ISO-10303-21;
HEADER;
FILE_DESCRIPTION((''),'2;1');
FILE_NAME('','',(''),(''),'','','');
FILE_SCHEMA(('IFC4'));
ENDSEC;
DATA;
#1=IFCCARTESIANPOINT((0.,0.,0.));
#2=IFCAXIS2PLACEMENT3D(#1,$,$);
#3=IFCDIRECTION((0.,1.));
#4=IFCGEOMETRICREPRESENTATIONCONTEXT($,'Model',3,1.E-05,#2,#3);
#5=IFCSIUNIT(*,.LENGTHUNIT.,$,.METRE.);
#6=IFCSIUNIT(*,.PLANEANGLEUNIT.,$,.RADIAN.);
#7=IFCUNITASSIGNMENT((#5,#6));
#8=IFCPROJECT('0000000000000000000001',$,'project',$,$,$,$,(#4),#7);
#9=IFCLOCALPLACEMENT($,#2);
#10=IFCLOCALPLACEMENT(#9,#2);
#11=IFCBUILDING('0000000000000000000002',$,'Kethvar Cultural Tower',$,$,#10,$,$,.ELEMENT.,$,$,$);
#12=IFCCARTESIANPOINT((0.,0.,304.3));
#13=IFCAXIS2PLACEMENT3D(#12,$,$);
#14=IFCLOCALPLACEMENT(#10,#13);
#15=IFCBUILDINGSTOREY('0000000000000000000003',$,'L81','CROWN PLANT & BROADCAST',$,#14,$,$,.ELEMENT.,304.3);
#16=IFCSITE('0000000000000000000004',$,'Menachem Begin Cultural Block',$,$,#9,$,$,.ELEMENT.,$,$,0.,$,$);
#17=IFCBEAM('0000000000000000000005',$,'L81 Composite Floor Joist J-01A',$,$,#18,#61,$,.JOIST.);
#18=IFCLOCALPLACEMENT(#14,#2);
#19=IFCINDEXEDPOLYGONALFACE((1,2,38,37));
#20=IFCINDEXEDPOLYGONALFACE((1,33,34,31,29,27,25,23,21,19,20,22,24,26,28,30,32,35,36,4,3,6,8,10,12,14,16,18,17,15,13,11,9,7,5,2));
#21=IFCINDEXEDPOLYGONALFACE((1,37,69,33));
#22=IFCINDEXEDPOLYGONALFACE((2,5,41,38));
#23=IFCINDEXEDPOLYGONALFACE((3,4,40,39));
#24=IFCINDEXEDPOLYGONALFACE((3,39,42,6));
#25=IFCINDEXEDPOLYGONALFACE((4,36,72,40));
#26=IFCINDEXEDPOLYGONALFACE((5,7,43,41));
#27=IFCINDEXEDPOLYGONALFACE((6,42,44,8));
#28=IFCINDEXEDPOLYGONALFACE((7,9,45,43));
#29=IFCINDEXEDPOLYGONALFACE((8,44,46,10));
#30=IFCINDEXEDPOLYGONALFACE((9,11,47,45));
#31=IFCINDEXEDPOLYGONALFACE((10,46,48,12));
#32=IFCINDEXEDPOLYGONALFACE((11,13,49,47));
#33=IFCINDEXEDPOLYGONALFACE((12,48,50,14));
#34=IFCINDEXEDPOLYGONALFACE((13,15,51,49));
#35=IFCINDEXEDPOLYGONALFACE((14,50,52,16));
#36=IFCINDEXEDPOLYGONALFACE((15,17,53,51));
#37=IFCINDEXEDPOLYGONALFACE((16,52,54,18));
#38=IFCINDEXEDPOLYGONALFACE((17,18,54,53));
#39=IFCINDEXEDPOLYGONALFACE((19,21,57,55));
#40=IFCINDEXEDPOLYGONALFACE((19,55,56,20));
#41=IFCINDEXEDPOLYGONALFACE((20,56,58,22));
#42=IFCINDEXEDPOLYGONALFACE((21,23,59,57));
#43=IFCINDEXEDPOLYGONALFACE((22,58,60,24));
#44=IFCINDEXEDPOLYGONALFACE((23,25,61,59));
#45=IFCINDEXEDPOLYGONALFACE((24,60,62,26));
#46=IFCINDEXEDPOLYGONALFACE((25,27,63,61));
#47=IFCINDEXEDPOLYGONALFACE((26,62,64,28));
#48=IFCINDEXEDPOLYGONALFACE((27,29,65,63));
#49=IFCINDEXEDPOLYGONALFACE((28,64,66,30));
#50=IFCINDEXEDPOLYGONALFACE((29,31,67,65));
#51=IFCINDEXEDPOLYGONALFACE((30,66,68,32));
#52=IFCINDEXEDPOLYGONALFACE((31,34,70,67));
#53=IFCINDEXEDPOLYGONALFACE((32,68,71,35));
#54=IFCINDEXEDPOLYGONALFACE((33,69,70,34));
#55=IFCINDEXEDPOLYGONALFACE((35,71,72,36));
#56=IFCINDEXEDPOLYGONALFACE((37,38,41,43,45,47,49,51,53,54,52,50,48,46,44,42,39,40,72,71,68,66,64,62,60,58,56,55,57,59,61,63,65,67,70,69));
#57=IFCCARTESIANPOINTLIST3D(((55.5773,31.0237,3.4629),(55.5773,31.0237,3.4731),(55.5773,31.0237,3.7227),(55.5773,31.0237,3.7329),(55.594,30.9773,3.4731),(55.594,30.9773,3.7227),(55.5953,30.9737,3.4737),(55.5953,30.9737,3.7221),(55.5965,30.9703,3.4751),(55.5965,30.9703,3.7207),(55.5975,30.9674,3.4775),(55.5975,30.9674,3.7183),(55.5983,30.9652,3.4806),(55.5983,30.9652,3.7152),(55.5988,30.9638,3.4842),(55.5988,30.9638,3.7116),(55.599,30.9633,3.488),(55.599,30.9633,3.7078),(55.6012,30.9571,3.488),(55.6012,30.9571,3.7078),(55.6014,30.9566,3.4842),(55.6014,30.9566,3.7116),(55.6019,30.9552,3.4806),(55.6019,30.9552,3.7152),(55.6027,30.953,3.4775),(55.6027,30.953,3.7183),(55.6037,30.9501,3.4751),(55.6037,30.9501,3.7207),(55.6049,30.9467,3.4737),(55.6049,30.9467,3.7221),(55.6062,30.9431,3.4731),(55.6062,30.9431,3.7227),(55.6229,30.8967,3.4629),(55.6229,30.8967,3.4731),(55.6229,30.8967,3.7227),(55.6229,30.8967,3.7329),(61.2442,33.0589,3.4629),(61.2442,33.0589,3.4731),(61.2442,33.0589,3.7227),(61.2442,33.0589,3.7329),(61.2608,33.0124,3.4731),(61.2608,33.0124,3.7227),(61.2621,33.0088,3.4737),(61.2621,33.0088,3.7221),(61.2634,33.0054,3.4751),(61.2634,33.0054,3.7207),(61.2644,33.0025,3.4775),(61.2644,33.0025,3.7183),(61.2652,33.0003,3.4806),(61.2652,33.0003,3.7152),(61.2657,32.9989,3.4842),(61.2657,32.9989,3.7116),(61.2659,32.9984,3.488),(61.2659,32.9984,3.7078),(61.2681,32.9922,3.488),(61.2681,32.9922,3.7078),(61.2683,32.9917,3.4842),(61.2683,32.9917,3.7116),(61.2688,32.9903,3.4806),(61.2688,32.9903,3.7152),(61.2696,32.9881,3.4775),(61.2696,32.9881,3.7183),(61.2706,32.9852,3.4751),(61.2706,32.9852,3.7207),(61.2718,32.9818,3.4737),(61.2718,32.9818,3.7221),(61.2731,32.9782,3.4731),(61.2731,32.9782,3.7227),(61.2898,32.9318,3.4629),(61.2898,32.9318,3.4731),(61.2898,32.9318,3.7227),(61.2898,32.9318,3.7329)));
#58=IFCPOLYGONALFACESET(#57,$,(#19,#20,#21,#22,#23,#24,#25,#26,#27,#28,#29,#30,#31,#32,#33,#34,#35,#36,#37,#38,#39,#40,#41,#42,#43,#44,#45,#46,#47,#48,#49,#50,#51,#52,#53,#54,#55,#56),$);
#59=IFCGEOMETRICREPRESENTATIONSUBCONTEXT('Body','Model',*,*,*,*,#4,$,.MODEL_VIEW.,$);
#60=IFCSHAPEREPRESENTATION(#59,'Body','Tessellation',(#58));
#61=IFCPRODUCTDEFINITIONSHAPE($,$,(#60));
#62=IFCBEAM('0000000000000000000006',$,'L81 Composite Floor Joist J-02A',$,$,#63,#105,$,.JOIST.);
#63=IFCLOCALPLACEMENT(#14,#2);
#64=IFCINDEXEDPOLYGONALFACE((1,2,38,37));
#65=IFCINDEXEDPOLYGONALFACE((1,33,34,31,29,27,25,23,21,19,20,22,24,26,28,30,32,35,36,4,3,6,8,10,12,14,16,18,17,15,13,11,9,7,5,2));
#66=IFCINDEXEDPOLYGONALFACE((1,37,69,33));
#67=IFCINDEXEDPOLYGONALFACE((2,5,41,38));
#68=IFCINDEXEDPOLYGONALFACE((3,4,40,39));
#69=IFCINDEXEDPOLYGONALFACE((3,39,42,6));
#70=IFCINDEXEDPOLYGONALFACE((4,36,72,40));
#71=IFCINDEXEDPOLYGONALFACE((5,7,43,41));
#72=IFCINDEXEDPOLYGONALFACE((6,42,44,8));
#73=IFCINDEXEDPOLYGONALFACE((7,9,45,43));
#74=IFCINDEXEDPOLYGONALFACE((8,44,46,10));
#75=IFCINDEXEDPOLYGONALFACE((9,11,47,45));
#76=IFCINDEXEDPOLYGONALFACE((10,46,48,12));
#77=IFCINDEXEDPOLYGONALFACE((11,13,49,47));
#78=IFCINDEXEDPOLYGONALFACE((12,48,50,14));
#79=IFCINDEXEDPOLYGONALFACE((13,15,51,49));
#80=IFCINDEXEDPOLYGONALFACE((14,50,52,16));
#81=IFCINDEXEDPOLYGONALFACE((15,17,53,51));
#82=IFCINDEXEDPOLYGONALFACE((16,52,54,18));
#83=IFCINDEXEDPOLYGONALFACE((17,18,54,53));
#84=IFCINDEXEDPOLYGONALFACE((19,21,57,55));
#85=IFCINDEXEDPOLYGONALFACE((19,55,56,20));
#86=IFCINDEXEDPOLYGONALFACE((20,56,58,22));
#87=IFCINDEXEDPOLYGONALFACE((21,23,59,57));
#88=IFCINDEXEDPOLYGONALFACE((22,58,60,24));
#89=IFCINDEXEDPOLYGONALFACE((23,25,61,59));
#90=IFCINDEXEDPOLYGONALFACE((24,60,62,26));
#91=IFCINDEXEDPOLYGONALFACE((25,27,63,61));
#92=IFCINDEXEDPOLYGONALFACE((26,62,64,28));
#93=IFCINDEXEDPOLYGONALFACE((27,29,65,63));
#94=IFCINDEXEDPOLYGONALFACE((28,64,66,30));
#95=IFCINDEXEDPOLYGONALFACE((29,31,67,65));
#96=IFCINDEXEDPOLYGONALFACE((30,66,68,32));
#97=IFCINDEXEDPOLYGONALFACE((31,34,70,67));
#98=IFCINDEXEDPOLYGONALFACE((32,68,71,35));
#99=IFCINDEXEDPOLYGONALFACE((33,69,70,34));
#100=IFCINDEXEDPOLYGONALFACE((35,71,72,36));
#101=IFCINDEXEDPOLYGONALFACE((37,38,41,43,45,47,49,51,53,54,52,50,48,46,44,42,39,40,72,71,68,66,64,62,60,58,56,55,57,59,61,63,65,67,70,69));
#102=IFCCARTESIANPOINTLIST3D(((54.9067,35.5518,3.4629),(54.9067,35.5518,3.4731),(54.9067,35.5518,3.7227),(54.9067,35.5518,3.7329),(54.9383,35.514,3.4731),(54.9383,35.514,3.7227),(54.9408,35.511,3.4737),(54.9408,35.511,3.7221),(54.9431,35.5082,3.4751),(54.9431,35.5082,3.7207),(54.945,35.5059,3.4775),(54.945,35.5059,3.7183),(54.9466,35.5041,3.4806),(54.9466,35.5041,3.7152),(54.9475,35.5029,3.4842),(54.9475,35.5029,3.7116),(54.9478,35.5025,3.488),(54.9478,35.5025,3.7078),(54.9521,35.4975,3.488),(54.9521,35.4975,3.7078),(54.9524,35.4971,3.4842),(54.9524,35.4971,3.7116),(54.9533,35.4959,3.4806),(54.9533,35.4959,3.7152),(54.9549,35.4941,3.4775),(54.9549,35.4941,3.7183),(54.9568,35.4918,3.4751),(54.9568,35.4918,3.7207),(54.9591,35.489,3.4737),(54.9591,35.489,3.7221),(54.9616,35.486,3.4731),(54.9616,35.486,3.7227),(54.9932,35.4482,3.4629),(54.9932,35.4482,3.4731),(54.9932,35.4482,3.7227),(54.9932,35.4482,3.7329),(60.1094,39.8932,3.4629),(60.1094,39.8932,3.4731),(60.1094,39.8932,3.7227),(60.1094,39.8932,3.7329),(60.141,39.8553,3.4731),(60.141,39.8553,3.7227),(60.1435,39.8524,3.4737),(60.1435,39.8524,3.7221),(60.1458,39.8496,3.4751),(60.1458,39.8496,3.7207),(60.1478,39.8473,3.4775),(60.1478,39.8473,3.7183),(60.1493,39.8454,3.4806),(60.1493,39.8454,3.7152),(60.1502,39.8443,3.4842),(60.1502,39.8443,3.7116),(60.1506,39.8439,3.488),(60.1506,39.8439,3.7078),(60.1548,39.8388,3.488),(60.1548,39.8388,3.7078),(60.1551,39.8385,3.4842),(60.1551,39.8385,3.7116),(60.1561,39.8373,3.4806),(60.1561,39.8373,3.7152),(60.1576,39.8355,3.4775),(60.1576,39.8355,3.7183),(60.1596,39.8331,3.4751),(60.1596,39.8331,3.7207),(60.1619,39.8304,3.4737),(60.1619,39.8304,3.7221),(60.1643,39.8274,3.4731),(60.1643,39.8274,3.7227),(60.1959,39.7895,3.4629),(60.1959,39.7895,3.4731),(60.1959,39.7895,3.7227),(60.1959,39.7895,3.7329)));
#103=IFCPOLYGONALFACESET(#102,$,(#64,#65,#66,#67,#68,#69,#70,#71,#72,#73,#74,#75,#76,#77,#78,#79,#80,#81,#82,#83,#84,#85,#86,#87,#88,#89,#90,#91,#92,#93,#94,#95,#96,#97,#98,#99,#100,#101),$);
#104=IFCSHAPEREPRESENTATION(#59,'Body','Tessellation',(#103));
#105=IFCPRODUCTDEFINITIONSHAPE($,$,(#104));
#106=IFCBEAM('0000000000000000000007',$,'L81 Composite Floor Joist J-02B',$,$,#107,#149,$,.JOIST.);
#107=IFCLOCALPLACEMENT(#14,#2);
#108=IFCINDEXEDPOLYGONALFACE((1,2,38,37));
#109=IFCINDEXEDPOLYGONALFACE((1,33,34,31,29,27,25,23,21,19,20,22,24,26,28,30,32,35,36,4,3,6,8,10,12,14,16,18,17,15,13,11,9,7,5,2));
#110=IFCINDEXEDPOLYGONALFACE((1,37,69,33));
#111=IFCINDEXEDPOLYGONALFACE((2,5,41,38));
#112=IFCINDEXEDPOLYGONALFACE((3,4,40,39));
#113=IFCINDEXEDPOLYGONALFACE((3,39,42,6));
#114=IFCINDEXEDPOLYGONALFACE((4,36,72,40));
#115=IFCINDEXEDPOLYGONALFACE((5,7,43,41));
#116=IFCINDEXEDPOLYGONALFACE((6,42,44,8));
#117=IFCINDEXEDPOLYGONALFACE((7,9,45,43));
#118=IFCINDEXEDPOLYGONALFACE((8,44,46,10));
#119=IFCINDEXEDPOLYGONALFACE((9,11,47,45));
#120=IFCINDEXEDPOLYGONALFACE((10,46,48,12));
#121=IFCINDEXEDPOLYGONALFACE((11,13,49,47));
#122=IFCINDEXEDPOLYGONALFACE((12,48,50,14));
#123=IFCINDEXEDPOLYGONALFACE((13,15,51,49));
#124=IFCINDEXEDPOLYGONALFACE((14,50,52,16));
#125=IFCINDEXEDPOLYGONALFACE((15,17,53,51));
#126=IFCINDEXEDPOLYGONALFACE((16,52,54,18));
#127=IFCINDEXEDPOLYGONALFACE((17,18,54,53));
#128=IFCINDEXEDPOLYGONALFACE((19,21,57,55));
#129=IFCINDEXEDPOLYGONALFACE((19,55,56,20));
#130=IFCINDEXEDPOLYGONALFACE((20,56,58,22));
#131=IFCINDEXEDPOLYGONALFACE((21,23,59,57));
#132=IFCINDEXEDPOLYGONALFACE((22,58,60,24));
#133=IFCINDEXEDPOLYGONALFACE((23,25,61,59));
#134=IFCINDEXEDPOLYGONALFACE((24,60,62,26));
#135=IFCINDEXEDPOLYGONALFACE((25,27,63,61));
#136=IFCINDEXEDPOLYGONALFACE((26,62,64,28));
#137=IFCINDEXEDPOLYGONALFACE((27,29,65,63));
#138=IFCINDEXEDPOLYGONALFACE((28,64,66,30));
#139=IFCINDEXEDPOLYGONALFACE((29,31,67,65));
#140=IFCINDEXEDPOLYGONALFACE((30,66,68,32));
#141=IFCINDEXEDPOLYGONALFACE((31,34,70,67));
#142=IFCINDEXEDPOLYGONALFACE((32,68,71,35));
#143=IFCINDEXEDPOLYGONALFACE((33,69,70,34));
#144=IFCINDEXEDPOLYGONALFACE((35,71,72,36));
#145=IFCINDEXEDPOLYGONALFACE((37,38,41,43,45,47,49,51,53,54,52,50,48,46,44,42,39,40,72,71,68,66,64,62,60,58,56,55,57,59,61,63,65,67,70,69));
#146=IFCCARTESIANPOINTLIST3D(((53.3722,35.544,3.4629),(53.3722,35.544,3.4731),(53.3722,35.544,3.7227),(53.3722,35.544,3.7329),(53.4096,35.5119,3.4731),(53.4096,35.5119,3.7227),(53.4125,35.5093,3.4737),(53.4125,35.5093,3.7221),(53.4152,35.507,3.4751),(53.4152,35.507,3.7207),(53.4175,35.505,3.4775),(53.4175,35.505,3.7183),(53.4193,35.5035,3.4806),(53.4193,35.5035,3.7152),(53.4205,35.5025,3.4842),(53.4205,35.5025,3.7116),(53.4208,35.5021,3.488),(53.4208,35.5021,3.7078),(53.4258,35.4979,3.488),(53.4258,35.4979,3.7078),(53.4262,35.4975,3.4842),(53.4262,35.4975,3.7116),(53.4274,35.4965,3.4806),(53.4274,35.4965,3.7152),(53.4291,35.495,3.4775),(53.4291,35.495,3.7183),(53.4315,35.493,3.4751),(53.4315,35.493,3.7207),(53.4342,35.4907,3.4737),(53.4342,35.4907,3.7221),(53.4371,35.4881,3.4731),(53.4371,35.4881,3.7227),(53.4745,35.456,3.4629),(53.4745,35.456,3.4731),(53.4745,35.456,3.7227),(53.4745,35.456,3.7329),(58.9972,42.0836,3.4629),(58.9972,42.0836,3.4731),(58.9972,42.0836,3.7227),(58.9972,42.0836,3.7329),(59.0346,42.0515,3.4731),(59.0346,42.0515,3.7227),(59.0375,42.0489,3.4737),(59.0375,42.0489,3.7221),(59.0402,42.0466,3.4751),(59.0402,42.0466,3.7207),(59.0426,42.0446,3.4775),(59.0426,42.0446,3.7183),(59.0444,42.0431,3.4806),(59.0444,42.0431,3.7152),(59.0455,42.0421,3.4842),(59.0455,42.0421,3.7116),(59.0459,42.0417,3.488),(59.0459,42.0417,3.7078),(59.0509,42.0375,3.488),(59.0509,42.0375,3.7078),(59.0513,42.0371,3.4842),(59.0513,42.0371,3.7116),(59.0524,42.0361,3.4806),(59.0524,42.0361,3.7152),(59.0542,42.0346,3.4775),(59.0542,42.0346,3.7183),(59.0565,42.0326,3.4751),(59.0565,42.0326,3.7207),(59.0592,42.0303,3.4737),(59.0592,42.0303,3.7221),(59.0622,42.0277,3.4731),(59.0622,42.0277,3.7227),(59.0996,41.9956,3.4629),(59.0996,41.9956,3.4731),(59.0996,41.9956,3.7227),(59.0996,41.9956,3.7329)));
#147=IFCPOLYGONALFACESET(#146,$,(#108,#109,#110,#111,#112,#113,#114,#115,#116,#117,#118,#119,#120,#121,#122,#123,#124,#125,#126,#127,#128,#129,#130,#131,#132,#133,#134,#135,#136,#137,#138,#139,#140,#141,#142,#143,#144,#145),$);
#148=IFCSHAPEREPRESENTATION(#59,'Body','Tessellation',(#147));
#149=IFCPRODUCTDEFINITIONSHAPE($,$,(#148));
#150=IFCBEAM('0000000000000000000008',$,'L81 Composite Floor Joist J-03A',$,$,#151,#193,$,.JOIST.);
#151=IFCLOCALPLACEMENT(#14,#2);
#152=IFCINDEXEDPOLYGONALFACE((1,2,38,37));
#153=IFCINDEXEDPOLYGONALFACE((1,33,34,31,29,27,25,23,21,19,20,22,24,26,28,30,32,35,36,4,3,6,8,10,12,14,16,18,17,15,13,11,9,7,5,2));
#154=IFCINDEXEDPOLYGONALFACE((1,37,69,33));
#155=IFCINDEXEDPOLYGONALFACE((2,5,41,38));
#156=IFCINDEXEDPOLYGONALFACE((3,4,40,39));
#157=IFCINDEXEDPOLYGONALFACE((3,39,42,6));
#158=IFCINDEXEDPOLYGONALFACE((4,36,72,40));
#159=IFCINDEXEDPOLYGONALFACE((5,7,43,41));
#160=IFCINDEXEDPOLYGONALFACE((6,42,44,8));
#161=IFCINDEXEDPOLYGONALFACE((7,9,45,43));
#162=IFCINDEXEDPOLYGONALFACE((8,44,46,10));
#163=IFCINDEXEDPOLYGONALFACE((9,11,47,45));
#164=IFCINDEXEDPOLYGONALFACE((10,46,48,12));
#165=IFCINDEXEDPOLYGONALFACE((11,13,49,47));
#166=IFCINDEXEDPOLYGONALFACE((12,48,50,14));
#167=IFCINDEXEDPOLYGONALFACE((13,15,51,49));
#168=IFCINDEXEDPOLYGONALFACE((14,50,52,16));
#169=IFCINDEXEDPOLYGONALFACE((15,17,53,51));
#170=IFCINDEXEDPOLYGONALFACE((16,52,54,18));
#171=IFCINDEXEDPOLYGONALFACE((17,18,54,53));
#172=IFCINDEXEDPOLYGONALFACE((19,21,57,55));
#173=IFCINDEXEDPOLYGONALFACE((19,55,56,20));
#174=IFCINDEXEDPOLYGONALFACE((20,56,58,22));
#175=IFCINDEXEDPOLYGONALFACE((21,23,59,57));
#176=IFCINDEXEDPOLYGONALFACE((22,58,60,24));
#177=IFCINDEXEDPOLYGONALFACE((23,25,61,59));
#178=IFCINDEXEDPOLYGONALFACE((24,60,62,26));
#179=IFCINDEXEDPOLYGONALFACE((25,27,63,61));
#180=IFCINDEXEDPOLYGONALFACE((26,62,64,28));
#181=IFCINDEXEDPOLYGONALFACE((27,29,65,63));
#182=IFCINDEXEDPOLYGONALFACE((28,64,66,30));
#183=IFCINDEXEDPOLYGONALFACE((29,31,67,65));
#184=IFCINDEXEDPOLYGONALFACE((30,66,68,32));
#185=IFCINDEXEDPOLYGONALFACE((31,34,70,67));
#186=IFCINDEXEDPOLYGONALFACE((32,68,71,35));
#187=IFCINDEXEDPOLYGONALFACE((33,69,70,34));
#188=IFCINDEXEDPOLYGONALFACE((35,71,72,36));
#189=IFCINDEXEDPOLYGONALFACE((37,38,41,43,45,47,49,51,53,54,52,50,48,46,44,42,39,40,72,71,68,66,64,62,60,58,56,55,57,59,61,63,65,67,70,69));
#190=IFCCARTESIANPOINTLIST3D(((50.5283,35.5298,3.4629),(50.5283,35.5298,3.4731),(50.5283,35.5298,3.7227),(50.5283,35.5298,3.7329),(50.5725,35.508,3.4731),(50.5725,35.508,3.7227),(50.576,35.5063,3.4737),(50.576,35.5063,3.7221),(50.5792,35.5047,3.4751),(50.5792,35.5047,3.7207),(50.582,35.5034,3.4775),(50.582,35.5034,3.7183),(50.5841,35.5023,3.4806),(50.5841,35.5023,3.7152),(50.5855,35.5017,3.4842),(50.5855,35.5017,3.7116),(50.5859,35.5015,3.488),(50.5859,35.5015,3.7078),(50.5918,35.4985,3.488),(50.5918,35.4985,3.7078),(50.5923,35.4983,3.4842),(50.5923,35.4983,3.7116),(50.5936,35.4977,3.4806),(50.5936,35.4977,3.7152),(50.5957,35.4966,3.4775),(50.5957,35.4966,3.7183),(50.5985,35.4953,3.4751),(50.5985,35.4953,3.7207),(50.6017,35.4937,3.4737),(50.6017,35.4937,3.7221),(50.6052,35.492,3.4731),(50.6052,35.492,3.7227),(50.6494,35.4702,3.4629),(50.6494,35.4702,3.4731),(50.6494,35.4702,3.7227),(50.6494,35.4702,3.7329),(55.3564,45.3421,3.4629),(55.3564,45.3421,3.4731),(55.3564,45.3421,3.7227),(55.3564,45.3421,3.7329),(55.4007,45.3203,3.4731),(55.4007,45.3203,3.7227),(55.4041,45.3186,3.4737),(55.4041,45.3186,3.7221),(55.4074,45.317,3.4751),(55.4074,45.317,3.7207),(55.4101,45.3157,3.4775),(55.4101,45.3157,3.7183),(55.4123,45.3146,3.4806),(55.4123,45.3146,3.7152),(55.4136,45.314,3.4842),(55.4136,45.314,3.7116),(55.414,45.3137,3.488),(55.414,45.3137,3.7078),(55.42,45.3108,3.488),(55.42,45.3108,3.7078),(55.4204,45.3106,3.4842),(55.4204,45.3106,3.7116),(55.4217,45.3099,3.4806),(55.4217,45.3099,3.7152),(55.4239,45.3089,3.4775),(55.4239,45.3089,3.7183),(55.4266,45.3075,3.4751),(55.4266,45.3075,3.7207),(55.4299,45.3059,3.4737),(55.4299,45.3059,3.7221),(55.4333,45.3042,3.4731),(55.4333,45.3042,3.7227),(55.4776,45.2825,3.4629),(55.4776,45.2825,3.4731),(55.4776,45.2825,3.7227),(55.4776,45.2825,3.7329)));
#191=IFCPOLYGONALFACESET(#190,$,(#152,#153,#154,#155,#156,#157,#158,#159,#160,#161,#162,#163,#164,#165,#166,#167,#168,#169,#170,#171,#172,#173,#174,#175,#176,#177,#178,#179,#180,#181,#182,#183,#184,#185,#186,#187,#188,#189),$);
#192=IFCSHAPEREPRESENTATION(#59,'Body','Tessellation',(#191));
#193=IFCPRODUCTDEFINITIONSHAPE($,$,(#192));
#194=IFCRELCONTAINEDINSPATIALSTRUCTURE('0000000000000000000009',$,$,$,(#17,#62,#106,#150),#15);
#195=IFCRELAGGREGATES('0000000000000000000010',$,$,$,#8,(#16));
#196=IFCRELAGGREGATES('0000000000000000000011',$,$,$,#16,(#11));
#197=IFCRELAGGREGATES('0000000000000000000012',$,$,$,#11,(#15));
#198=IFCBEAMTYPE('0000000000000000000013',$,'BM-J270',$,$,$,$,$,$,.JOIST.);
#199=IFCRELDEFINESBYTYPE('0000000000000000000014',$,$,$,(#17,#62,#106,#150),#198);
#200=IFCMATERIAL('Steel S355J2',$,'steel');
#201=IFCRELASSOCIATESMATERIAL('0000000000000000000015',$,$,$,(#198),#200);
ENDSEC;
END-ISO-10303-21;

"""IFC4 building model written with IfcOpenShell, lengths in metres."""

from ifc_helpers import new_model, si_unit, direction, frame, origin, origin_2d, place, context, subcontext, project, spatial, i_section, extrude, source, transform, mapped, material, material_profile, profile_set, type_object, element, save


model = new_model("IFC4")

# Units and contexts
model_context = context("Model", 3, precision=1e-05, world=origin(), true_north=direction((0.0, 1.0)))
body_context = subcontext(model_context, "Body", "Model", "MODEL_VIEW")
ifc_project = project(units=[si_unit("LENGTHUNIT", "METRE"), si_unit("PLANEANGLEUNIT", "RADIAN")], contexts=[model_context])

# Site, building, storey
site_placement = place(None, origin())
site = spatial("IfcSite", under=ifc_project, at=site_placement, Name="Menachem Begin Cultural Block", CompositionType="ELEMENT", RefElevation=0.0)
building_placement = place(site_placement, origin())
building = spatial("IfcBuilding", under=site, at=building_placement, Name="Kethvar Cultural Tower", CompositionType="ELEMENT")
storey_placement = place(building_placement, frame((0.0, 0.0, 304.3)))
storey = spatial("IfcBuildingStorey", under=building, at=storey_placement, Name="L81", Description="CROWN PLANT & BROADCAST", CompositionType="ELEMENT", Elevation=304.3)

# Beams
ifc_material_1 = material(Name="Steel S355J2", Category="steel")
ifc_material_profile_1 = material_profile(ifc_material_1, i_section(OverallWidth=0.135, OverallDepth=0.27, WebThickness=0.0066, FlangeThickness=0.0103, FilletRadius=0.0149, at=origin_2d()), Name="Steel S355J2 — IPE270")
ifc_profile_set_1 = profile_set([ifc_material_profile_1], Name="Steel S355J2 — IPE270")
beam_type_1 = type_object("IfcBeamType", Name="BM-J270", PredefinedType="JOIST", material=ifc_profile_set_1)
shared_shape_1 = source(origin(), body_context, "Body", "SweptSolid", [
    extrude(i_section(OverallWidth=0.135, OverallDepth=0.27, WebThickness=0.0066, FlangeThickness=0.0103, FilletRadius=0.0149, at=origin_2d()), origin(), (0.0, 0.0, 1.0), 6.0212),
])
beam_1_placement = place(storey_placement, frame((55.6001, 30.9602, 3.5979), z_axis=(0.94115, 0.33799, 0.0), x_axis=(-0.33799, 0.94115, 0.0)))
element("IfcBeam", 1, at=beam_1_placement, inside=storey, type_object=beam_type_1, Name="L81 Composite Floor Joist J-01A", PredefinedType="JOIST", context=body_context, shape_type="MappedRepresentation", body=[
    mapped(shared_shape_1, transform((0.0, 0.0, 0.0), scale=1.0)),
])
shared_shape_2 = source(origin(), body_context, "Body", "SweptSolid", [
    extrude(i_section(OverallWidth=0.135, OverallDepth=0.27, WebThickness=0.0066, FlangeThickness=0.0103, FilletRadius=0.0149, at=origin_2d()), origin(), (0.0, 0.0, 1.0), 6.7761),
])
beam_2_placement = place(storey_placement, frame((54.95, 35.5, 3.5979), z_axis=(0.767802, 0.640688, 0.0), x_axis=(-0.640688, 0.767802, 0.0)))
element("IfcBeam", 2, at=beam_2_placement, inside=storey, type_object=beam_type_1, Name="L81 Composite Floor Joist J-02A", PredefinedType="JOIST", context=body_context, shape_type="MappedRepresentation", body=[
    mapped(shared_shape_2, transform((0.0, 0.0, 0.0), scale=1.0)),
])
shared_shape_3 = source(origin(), body_context, "Body", "SweptSolid", [
    extrude(i_section(OverallWidth=0.135, OverallDepth=0.27, WebThickness=0.0066, FlangeThickness=0.0103, FilletRadius=0.0149, at=origin_2d()), origin(), (0.0, 0.0, 1.0), 8.626),
])
beam_3_placement = place(storey_placement, frame((53.4233, 35.5, 3.5979), z_axis=(0.652105, 0.758129, 0.0), x_axis=(-0.758129, 0.652105, 0.0)))
element("IfcBeam", 3, at=beam_3_placement, inside=storey, type_object=beam_type_1, Name="L81 Composite Floor Joist J-02B", PredefinedType="JOIST", context=body_context, shape_type="MappedRepresentation", body=[
    mapped(shared_shape_3, transform((0.0, 0.0, 0.0), scale=1.0)),
])
shared_shape_4 = source(origin(), body_context, "Body", "SweptSolid", [
    extrude(i_section(OverallWidth=0.135, OverallDepth=0.27, WebThickness=0.0066, FlangeThickness=0.0103, FilletRadius=0.0149, at=origin_2d()), origin(), (0.0, 0.0, 1.0), 10.9358),
])
beam_4_placement = place(storey_placement, frame((50.5889, 35.5, 3.5979), z_axis=(0.441498, 0.897262, 0.0), x_axis=(-0.897262, 0.441498, 0.0)))
element("IfcBeam", 4, at=beam_4_placement, inside=storey, type_object=beam_type_1, Name="L81 Composite Floor Joist J-03A", PredefinedType="JOIST", context=body_context, shape_type="MappedRepresentation", body=[
    mapped(shared_shape_4, transform((0.0, 0.0, 0.0), scale=1.0)),
])

save(model, "model.ifc")
